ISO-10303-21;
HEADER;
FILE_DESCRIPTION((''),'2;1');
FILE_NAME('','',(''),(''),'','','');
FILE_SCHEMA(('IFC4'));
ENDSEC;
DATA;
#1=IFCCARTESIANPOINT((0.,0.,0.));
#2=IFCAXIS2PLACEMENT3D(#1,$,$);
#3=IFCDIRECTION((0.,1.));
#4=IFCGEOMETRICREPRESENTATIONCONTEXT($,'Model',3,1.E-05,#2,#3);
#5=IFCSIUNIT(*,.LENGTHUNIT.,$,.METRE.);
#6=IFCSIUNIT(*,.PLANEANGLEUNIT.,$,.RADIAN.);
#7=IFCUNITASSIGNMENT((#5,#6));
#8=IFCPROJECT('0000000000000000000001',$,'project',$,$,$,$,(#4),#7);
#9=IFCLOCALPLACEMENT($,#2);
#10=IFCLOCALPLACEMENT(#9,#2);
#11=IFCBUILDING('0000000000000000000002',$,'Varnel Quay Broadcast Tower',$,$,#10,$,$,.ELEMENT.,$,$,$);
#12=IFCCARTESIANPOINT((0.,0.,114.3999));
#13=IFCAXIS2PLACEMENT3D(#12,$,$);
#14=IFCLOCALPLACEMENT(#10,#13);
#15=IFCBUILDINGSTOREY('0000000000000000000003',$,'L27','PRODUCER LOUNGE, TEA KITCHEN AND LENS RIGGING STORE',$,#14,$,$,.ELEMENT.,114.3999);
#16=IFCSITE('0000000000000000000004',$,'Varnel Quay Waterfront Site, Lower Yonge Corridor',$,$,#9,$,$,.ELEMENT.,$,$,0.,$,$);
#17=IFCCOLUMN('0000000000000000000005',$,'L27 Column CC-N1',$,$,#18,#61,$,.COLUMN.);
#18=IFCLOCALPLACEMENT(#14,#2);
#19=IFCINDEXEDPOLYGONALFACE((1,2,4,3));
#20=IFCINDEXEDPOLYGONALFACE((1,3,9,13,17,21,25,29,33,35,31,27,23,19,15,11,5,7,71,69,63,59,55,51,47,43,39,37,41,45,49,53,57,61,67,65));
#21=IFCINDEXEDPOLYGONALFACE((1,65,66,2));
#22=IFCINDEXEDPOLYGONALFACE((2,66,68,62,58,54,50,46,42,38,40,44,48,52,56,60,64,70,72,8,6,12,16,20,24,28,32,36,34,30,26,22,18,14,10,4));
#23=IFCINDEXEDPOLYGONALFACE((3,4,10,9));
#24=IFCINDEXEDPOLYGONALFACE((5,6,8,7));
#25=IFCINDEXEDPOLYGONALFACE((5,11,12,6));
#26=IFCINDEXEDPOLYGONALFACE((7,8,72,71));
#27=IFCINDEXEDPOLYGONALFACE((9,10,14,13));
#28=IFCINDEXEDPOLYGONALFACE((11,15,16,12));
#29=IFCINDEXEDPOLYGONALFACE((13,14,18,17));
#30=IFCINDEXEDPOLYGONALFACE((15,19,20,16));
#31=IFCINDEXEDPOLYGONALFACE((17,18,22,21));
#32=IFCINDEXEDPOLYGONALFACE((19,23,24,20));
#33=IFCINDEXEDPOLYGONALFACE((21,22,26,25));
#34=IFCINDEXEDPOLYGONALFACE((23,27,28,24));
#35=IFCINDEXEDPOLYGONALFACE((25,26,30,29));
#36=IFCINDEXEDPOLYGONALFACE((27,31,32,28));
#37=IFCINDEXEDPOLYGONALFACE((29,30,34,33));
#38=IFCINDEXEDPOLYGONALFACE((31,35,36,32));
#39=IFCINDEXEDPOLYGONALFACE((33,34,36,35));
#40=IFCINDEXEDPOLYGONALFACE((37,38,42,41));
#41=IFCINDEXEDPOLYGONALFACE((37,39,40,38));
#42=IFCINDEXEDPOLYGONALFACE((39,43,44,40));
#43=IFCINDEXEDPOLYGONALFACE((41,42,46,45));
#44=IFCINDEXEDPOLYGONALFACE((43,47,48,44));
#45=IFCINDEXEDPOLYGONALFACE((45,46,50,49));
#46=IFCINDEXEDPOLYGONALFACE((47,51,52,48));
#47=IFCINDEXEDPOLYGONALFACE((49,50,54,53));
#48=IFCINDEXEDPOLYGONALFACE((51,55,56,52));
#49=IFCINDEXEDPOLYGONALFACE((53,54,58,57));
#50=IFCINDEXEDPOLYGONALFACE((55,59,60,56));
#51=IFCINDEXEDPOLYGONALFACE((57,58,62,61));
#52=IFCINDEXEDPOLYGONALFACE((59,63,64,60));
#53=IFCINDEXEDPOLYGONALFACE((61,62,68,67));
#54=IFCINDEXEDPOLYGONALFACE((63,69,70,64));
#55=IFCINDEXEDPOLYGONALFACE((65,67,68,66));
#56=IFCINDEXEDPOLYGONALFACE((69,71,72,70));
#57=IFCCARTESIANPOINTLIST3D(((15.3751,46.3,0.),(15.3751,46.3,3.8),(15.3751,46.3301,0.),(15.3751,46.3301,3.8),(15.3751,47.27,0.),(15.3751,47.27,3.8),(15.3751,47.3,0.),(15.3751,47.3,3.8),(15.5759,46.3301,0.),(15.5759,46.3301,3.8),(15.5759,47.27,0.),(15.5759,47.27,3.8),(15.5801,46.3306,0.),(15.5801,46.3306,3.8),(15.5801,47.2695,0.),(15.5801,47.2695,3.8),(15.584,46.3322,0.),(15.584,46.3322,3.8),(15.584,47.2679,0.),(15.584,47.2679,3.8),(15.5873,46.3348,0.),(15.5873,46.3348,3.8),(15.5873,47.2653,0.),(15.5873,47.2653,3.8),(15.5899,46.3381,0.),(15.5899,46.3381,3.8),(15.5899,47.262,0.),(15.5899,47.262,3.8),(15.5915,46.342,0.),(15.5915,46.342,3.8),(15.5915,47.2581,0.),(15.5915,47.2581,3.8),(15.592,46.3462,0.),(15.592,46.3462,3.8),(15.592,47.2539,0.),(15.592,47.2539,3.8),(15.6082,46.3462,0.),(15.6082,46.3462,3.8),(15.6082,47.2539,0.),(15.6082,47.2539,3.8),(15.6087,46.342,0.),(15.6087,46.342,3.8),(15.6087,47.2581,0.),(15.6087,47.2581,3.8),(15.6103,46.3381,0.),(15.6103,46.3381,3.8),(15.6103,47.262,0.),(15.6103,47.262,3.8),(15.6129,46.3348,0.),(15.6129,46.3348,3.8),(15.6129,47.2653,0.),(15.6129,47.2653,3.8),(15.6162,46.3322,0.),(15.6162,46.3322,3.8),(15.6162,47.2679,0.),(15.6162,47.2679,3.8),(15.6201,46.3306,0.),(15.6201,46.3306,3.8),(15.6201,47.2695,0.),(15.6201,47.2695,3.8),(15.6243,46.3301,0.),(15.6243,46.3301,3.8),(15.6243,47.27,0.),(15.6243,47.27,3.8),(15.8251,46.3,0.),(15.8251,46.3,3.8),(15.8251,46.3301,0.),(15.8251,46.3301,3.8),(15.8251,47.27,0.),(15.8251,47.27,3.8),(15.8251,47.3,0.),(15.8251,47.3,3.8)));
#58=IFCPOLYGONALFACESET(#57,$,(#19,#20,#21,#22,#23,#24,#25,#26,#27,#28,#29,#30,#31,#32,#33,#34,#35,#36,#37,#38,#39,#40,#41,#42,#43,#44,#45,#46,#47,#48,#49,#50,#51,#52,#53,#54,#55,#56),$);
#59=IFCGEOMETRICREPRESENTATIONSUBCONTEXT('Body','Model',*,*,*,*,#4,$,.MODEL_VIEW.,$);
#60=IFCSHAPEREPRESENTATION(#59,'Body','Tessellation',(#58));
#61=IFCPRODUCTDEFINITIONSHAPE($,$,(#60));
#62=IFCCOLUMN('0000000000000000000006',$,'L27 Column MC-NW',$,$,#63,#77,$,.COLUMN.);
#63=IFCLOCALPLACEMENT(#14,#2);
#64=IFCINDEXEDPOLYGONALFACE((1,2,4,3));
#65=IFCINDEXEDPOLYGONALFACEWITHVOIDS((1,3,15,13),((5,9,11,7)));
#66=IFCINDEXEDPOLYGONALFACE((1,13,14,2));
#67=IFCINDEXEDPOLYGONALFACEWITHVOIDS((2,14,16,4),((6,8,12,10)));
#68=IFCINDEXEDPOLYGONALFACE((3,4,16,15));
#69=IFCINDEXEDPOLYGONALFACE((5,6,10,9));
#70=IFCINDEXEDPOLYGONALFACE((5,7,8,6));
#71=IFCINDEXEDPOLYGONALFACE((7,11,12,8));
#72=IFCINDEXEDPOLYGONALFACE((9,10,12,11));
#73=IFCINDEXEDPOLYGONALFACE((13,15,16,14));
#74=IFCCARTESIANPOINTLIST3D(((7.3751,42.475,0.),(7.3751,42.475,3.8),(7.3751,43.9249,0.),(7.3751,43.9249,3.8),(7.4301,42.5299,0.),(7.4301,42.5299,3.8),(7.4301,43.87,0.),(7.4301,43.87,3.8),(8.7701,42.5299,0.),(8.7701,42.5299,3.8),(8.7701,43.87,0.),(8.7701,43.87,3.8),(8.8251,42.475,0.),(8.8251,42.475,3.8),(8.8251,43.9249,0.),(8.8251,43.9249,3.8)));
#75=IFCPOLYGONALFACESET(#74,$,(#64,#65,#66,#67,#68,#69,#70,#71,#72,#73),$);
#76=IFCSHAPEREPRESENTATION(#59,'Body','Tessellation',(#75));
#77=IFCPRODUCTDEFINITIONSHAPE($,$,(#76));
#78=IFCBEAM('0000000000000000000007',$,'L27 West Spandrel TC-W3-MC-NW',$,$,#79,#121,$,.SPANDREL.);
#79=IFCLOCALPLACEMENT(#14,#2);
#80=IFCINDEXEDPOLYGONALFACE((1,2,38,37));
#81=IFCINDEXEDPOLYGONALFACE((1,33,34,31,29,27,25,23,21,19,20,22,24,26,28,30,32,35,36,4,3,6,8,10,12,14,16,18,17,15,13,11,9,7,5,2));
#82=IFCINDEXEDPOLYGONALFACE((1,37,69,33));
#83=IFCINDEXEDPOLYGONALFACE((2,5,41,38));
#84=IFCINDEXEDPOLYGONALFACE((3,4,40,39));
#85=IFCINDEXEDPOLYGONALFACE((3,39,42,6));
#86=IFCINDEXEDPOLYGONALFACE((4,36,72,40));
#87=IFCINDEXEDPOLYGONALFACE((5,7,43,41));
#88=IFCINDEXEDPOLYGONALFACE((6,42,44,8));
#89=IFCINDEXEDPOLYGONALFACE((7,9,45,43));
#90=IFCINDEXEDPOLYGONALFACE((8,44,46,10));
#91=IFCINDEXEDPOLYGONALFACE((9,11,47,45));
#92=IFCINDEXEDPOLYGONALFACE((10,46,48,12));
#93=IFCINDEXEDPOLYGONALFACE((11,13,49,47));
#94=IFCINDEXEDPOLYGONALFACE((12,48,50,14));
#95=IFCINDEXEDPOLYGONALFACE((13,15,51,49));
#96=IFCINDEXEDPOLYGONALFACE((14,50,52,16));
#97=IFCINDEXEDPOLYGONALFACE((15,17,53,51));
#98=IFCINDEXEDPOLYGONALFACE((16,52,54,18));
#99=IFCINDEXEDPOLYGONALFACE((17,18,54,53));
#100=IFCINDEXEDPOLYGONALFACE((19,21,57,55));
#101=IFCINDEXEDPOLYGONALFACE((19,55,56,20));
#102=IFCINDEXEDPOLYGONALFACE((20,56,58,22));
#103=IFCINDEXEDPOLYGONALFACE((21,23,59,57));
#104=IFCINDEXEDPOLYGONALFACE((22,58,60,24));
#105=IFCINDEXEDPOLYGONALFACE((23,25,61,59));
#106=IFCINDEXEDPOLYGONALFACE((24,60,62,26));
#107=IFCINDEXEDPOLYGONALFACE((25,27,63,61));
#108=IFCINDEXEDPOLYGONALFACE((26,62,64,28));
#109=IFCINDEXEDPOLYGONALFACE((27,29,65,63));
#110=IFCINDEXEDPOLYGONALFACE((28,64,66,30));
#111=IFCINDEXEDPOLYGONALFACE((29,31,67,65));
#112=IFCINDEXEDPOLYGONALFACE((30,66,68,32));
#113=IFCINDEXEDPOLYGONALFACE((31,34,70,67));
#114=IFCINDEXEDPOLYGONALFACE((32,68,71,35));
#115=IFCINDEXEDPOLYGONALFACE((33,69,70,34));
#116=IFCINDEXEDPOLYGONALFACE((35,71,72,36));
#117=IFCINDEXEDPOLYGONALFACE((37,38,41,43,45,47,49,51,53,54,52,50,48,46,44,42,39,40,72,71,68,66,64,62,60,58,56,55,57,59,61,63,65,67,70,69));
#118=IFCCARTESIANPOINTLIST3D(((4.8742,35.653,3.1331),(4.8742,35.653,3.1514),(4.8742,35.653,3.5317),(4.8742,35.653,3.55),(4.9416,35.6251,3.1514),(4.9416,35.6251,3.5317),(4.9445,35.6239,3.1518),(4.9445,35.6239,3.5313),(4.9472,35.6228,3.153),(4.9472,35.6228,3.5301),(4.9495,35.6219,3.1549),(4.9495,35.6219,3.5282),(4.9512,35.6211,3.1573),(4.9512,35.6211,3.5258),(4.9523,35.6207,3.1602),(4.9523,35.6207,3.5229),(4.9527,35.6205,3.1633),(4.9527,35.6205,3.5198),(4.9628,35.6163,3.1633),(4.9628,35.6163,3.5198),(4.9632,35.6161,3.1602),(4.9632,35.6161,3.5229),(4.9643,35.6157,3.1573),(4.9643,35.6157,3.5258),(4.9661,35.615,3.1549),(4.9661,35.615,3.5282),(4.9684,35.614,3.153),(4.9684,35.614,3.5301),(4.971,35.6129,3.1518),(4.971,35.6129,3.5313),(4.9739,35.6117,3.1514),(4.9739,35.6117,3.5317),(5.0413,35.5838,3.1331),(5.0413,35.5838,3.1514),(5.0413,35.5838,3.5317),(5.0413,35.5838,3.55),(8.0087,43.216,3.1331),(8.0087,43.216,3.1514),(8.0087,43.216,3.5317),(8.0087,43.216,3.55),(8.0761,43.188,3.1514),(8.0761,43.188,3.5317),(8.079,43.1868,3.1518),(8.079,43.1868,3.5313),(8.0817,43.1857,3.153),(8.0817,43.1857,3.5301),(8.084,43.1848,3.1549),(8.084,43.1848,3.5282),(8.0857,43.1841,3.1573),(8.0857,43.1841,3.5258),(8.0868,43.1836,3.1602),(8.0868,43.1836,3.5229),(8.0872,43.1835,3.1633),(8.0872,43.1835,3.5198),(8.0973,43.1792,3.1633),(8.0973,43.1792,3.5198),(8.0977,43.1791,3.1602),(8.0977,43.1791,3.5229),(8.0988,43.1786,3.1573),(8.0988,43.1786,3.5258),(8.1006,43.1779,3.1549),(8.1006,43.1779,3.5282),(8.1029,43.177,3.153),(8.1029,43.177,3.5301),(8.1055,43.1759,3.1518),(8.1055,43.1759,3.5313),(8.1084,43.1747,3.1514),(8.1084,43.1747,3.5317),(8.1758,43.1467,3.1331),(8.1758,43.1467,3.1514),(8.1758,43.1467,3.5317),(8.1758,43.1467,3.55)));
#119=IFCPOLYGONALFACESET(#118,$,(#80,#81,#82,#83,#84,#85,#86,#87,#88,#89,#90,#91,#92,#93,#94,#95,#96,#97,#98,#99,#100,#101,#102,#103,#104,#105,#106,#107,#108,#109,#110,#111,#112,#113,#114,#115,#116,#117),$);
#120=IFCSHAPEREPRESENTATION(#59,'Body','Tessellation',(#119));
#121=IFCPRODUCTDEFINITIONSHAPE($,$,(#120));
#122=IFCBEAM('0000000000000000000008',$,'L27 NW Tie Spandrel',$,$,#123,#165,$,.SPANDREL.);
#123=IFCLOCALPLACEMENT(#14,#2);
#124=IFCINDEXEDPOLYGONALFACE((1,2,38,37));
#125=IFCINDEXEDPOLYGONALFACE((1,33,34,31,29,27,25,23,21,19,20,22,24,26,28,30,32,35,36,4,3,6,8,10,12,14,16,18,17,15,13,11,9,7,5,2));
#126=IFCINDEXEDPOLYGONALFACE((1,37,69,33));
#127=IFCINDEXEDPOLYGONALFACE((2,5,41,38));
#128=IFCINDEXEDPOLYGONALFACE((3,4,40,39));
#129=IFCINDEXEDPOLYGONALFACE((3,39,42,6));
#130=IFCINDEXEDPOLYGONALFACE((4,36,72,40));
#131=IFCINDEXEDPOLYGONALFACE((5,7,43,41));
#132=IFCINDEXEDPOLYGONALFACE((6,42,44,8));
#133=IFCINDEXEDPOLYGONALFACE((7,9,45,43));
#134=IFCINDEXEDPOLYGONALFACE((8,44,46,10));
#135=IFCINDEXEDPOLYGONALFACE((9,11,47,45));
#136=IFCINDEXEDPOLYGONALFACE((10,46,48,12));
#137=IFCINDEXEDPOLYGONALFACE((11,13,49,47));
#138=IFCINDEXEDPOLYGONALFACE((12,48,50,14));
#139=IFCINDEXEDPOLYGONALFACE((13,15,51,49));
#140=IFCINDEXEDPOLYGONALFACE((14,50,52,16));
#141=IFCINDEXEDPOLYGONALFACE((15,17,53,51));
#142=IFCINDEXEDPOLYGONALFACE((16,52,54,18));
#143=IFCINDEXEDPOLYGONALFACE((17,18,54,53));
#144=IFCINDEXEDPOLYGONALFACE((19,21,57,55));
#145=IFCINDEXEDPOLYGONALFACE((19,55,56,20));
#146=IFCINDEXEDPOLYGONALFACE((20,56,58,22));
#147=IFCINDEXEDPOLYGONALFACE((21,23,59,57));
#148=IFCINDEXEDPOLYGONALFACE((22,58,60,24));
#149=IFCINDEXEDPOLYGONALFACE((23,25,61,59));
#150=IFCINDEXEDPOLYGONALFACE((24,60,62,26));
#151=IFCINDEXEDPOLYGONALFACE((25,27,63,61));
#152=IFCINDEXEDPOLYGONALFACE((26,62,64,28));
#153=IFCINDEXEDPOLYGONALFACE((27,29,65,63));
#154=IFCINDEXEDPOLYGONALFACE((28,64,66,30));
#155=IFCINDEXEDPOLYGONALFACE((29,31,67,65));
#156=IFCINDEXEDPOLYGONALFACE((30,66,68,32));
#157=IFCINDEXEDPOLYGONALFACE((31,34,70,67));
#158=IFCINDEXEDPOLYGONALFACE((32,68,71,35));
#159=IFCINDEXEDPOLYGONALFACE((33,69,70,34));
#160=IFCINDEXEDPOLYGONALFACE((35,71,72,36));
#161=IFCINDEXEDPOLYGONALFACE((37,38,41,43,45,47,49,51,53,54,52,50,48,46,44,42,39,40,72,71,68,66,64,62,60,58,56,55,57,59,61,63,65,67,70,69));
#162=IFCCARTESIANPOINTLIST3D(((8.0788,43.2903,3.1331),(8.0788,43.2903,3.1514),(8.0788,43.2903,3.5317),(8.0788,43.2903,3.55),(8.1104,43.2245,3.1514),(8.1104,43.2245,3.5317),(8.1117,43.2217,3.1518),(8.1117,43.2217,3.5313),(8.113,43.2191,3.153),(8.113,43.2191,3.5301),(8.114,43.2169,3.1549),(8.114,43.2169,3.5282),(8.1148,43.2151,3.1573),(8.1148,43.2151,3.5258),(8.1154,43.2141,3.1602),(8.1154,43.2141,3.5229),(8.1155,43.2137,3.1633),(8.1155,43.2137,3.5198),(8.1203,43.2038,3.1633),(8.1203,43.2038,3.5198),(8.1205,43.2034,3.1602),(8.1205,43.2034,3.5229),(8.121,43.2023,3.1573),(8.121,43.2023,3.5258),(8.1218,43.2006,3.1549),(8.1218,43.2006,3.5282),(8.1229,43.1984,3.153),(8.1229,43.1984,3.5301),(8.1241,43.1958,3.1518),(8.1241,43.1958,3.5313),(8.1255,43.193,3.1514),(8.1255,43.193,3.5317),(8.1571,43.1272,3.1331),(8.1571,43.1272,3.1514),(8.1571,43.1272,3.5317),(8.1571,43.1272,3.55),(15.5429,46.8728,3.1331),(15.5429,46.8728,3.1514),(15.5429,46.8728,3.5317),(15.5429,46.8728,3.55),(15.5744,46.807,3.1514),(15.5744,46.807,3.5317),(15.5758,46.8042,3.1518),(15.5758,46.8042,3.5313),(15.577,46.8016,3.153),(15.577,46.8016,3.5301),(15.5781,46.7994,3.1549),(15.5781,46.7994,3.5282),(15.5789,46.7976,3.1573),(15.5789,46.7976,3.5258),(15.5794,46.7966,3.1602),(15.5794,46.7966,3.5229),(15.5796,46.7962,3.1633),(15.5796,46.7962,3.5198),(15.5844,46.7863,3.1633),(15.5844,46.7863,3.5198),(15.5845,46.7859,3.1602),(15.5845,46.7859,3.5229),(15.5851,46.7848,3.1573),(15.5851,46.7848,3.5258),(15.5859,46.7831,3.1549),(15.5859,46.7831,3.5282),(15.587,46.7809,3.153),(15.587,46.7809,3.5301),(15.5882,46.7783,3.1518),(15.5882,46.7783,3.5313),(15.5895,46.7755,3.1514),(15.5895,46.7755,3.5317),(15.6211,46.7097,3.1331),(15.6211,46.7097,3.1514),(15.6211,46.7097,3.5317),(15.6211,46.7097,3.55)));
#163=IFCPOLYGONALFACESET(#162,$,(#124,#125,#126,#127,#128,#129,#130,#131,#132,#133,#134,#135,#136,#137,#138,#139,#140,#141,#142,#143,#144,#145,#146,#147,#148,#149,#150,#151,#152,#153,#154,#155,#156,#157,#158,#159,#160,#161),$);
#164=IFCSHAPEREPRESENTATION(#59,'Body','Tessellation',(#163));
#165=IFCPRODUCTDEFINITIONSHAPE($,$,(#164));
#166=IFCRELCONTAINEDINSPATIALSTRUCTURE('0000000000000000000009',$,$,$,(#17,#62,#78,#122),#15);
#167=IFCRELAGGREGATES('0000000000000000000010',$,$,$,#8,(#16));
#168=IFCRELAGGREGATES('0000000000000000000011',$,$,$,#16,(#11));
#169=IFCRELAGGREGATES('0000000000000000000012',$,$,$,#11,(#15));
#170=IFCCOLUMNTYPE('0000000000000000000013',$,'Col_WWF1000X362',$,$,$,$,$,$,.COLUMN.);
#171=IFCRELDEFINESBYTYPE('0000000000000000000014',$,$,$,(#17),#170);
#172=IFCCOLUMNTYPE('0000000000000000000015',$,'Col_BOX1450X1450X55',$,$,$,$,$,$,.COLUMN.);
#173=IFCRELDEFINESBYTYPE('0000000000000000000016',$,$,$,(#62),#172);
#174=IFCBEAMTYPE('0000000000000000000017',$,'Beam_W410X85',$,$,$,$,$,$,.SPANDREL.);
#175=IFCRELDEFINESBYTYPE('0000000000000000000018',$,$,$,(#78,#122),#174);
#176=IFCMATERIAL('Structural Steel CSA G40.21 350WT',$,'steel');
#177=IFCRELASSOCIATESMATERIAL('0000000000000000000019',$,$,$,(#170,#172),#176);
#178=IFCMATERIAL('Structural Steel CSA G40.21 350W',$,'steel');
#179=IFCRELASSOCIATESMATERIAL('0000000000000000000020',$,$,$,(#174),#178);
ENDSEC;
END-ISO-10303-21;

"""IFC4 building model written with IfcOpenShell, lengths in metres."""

from ifc_helpers import new_model, si_unit, direction, frame, origin, origin_2d, place, context, subcontext, project, spatial, hollow_rectangle, i_section, extrude, source, transform, mapped, material, material_profile, profile_set, type_object, type_shapes, element, save


model = new_model("IFC4")

# Units and contexts
model_context = context("Model", 3, precision=1e-05, world=origin(), true_north=direction((0.0, 1.0)))
body_context = subcontext(model_context, "Body", "Model", "MODEL_VIEW")
ifc_project = project(units=[si_unit("LENGTHUNIT", "METRE"), si_unit("PLANEANGLEUNIT", "RADIAN")], contexts=[model_context])

# Site, building, storey
site_placement = place(None, origin())
site = spatial("IfcSite", under=ifc_project, at=site_placement, Name="Varnel Quay Waterfront Site, Lower Yonge Corridor", CompositionType="ELEMENT", RefElevation=0.0)
building_placement = place(site_placement, origin())
building = spatial("IfcBuilding", under=site, at=building_placement, Name="Varnel Quay Broadcast Tower", CompositionType="ELEMENT")
storey_placement = place(building_placement, frame((0.0, 0.0, 114.3999)))
storey = spatial("IfcBuildingStorey", under=building, at=storey_placement, Name="L27", Description="PRODUCER LOUNGE, TEA KITCHEN AND LENS RIGGING STORE", CompositionType="ELEMENT", Elevation=114.3999)

# Columns
ifc_material_1 = material(Name="Structural Steel CSA G40.21 350WT", Category="steel")
ifc_material_profile_1 = material_profile(ifc_material_1, i_section(OverallWidth=0.45, OverallDepth=1.0, WebThickness=0.0161, FlangeThickness=0.03, FilletRadius=0.0161, at=origin_2d()), Name="WWF1000X362")
ifc_profile_set_1 = profile_set([ifc_material_profile_1], Name="Structural Steel CSA G40.21 350WT")
column_type_1 = type_object("IfcColumnType", Name="Col_WWF1000X362", PredefinedType="COLUMN", material=ifc_profile_set_1)
shared_shape_1 = source(origin(), body_context, "Body", "SweptSolid", [
    extrude(i_section(OverallWidth=0.45, OverallDepth=1.0, WebThickness=0.0161, FlangeThickness=0.03, FilletRadius=0.0161, at=origin_2d()), origin(), (0.0, 0.0, 1.0), 3.8),
])
type_shapes(column_type_1, [shared_shape_1])
column_1_placement = place(storey_placement, frame((15.6001, 46.8, 0.0), z_axis=(0.0, 0.0, 1.0), x_axis=(1.0, 0.0, 0.0)))
element("IfcColumn", 1, at=column_1_placement, inside=storey, type_object=column_type_1, Name="L27 Column CC-N1", PredefinedType="COLUMN", context=body_context, shape_type="MappedRepresentation", body=[
    mapped(shared_shape_1, transform((0.0, 0.0, 0.0), x_axis=(1.0, 0.0, 0.0), y_axis=(0.0, 1.0, 0.0), z_axis=(0.0, 0.0, 1.0), scale=1.0)),
])
ifc_material_profile_2 = material_profile(ifc_material_1, hollow_rectangle(XDim=1.45, YDim=1.45, WallThickness=0.0549, at=origin_2d()), Name="BOX1450X1450X55")
ifc_profile_set_2 = profile_set([ifc_material_profile_2], Name="Structural Steel CSA G40.21 350WT")
column_type_2 = type_object("IfcColumnType", Name="Col_BOX1450X1450X55", PredefinedType="COLUMN", material=ifc_profile_set_2)
shared_shape_2 = source(origin(), body_context, "Body", "SweptSolid", [
    extrude(hollow_rectangle(XDim=1.45, YDim=1.45, WallThickness=0.0549, at=origin_2d()), origin(), (0.0, 0.0, 1.0), 3.8),
])
type_shapes(column_type_2, [shared_shape_2])
column_2_placement = place(storey_placement, frame((8.1001, 43.2, 0.0), z_axis=(0.0, 0.0, 1.0), x_axis=(1.0, 0.0, 0.0)))
element("IfcColumn", 2, at=column_2_placement, inside=storey, type_object=column_type_2, Name="L27 Column MC-NW", PredefinedType="COLUMN", context=body_context, shape_type="MappedRepresentation", body=[
    mapped(shared_shape_2, transform((0.0, 0.0, 0.0), x_axis=(1.0, 0.0, 0.0), y_axis=(0.0, 1.0, 0.0), z_axis=(0.0, 0.0, 1.0), scale=1.0)),
])

# Beams
ifc_material_2 = material(Name="Structural Steel CSA G40.21 350W", Category="steel")
ifc_material_profile_3 = material_profile(ifc_material_2, i_section(OverallWidth=0.1809, OverallDepth=0.417, WebThickness=0.011, FlangeThickness=0.0183, FilletRadius=0.012, at=origin_2d()), Name="W410X85")
ifc_profile_set_3 = profile_set([ifc_material_profile_3], Name="Structural Steel CSA G40.21 350W")
beam_type = type_object("IfcBeamType", Name="Beam_W410X85", PredefinedType="SPANDREL", material=ifc_profile_set_3)
shared_shape_3 = source(origin(), body_context, "Body", "SweptSolid", [
    extrude(i_section(OverallWidth=0.1809, OverallDepth=0.417, WebThickness=0.011, FlangeThickness=0.0183, FilletRadius=0.012, at=origin_2d()), origin(), (0.0, 0.0, 1.0), 8.1868),
])
beam_1_placement = place(storey_placement, frame((4.9578, 35.6184, 3.3416), z_axis=(0.382874, 0.923801, 0.0), x_axis=(-0.923801, 0.382874, 0.0)))
element("IfcBeam", 3, at=beam_1_placement, inside=storey, type_object=beam_type, Name="L27 West Spandrel TC-W3-MC-NW", PredefinedType="SPANDREL", context=body_context, shape_type="MappedRepresentation", body=[
    mapped(shared_shape_3, transform((0.0, 0.0, 0.0), x_axis=(1.0, 0.0, 0.0), y_axis=(0.0, 1.0, 0.0), z_axis=(0.0, 0.0, 1.0), scale=1.0)),
])
shared_shape_4 = source(origin(), body_context, "Body", "SweptSolid", [
    extrude(i_section(OverallWidth=0.1809, OverallDepth=0.417, WebThickness=0.011, FlangeThickness=0.0183, FilletRadius=0.012, at=origin_2d()), origin(), (0.0, 0.0, 1.0), 8.2793),
])
type_shapes(beam_type, [shared_shape_3, shared_shape_4])
beam_2_placement = place(storey_placement, frame((8.1179, 43.2087, 3.3416), z_axis=(0.901535, 0.432706, 0.0), x_axis=(-0.432706, 0.901535, 0.0)))
element("IfcBeam", 4, at=beam_2_placement, inside=storey, type_object=beam_type, Name="L27 NW Tie Spandrel", PredefinedType="SPANDREL", context=body_context, shape_type="MappedRepresentation", body=[
    mapped(shared_shape_4, transform((0.0, 0.0, 0.0), x_axis=(1.0, 0.0, 0.0), y_axis=(0.0, 1.0, 0.0), z_axis=(0.0, 0.0, 1.0), scale=1.0)),
])

save(model, "model.ifc")
